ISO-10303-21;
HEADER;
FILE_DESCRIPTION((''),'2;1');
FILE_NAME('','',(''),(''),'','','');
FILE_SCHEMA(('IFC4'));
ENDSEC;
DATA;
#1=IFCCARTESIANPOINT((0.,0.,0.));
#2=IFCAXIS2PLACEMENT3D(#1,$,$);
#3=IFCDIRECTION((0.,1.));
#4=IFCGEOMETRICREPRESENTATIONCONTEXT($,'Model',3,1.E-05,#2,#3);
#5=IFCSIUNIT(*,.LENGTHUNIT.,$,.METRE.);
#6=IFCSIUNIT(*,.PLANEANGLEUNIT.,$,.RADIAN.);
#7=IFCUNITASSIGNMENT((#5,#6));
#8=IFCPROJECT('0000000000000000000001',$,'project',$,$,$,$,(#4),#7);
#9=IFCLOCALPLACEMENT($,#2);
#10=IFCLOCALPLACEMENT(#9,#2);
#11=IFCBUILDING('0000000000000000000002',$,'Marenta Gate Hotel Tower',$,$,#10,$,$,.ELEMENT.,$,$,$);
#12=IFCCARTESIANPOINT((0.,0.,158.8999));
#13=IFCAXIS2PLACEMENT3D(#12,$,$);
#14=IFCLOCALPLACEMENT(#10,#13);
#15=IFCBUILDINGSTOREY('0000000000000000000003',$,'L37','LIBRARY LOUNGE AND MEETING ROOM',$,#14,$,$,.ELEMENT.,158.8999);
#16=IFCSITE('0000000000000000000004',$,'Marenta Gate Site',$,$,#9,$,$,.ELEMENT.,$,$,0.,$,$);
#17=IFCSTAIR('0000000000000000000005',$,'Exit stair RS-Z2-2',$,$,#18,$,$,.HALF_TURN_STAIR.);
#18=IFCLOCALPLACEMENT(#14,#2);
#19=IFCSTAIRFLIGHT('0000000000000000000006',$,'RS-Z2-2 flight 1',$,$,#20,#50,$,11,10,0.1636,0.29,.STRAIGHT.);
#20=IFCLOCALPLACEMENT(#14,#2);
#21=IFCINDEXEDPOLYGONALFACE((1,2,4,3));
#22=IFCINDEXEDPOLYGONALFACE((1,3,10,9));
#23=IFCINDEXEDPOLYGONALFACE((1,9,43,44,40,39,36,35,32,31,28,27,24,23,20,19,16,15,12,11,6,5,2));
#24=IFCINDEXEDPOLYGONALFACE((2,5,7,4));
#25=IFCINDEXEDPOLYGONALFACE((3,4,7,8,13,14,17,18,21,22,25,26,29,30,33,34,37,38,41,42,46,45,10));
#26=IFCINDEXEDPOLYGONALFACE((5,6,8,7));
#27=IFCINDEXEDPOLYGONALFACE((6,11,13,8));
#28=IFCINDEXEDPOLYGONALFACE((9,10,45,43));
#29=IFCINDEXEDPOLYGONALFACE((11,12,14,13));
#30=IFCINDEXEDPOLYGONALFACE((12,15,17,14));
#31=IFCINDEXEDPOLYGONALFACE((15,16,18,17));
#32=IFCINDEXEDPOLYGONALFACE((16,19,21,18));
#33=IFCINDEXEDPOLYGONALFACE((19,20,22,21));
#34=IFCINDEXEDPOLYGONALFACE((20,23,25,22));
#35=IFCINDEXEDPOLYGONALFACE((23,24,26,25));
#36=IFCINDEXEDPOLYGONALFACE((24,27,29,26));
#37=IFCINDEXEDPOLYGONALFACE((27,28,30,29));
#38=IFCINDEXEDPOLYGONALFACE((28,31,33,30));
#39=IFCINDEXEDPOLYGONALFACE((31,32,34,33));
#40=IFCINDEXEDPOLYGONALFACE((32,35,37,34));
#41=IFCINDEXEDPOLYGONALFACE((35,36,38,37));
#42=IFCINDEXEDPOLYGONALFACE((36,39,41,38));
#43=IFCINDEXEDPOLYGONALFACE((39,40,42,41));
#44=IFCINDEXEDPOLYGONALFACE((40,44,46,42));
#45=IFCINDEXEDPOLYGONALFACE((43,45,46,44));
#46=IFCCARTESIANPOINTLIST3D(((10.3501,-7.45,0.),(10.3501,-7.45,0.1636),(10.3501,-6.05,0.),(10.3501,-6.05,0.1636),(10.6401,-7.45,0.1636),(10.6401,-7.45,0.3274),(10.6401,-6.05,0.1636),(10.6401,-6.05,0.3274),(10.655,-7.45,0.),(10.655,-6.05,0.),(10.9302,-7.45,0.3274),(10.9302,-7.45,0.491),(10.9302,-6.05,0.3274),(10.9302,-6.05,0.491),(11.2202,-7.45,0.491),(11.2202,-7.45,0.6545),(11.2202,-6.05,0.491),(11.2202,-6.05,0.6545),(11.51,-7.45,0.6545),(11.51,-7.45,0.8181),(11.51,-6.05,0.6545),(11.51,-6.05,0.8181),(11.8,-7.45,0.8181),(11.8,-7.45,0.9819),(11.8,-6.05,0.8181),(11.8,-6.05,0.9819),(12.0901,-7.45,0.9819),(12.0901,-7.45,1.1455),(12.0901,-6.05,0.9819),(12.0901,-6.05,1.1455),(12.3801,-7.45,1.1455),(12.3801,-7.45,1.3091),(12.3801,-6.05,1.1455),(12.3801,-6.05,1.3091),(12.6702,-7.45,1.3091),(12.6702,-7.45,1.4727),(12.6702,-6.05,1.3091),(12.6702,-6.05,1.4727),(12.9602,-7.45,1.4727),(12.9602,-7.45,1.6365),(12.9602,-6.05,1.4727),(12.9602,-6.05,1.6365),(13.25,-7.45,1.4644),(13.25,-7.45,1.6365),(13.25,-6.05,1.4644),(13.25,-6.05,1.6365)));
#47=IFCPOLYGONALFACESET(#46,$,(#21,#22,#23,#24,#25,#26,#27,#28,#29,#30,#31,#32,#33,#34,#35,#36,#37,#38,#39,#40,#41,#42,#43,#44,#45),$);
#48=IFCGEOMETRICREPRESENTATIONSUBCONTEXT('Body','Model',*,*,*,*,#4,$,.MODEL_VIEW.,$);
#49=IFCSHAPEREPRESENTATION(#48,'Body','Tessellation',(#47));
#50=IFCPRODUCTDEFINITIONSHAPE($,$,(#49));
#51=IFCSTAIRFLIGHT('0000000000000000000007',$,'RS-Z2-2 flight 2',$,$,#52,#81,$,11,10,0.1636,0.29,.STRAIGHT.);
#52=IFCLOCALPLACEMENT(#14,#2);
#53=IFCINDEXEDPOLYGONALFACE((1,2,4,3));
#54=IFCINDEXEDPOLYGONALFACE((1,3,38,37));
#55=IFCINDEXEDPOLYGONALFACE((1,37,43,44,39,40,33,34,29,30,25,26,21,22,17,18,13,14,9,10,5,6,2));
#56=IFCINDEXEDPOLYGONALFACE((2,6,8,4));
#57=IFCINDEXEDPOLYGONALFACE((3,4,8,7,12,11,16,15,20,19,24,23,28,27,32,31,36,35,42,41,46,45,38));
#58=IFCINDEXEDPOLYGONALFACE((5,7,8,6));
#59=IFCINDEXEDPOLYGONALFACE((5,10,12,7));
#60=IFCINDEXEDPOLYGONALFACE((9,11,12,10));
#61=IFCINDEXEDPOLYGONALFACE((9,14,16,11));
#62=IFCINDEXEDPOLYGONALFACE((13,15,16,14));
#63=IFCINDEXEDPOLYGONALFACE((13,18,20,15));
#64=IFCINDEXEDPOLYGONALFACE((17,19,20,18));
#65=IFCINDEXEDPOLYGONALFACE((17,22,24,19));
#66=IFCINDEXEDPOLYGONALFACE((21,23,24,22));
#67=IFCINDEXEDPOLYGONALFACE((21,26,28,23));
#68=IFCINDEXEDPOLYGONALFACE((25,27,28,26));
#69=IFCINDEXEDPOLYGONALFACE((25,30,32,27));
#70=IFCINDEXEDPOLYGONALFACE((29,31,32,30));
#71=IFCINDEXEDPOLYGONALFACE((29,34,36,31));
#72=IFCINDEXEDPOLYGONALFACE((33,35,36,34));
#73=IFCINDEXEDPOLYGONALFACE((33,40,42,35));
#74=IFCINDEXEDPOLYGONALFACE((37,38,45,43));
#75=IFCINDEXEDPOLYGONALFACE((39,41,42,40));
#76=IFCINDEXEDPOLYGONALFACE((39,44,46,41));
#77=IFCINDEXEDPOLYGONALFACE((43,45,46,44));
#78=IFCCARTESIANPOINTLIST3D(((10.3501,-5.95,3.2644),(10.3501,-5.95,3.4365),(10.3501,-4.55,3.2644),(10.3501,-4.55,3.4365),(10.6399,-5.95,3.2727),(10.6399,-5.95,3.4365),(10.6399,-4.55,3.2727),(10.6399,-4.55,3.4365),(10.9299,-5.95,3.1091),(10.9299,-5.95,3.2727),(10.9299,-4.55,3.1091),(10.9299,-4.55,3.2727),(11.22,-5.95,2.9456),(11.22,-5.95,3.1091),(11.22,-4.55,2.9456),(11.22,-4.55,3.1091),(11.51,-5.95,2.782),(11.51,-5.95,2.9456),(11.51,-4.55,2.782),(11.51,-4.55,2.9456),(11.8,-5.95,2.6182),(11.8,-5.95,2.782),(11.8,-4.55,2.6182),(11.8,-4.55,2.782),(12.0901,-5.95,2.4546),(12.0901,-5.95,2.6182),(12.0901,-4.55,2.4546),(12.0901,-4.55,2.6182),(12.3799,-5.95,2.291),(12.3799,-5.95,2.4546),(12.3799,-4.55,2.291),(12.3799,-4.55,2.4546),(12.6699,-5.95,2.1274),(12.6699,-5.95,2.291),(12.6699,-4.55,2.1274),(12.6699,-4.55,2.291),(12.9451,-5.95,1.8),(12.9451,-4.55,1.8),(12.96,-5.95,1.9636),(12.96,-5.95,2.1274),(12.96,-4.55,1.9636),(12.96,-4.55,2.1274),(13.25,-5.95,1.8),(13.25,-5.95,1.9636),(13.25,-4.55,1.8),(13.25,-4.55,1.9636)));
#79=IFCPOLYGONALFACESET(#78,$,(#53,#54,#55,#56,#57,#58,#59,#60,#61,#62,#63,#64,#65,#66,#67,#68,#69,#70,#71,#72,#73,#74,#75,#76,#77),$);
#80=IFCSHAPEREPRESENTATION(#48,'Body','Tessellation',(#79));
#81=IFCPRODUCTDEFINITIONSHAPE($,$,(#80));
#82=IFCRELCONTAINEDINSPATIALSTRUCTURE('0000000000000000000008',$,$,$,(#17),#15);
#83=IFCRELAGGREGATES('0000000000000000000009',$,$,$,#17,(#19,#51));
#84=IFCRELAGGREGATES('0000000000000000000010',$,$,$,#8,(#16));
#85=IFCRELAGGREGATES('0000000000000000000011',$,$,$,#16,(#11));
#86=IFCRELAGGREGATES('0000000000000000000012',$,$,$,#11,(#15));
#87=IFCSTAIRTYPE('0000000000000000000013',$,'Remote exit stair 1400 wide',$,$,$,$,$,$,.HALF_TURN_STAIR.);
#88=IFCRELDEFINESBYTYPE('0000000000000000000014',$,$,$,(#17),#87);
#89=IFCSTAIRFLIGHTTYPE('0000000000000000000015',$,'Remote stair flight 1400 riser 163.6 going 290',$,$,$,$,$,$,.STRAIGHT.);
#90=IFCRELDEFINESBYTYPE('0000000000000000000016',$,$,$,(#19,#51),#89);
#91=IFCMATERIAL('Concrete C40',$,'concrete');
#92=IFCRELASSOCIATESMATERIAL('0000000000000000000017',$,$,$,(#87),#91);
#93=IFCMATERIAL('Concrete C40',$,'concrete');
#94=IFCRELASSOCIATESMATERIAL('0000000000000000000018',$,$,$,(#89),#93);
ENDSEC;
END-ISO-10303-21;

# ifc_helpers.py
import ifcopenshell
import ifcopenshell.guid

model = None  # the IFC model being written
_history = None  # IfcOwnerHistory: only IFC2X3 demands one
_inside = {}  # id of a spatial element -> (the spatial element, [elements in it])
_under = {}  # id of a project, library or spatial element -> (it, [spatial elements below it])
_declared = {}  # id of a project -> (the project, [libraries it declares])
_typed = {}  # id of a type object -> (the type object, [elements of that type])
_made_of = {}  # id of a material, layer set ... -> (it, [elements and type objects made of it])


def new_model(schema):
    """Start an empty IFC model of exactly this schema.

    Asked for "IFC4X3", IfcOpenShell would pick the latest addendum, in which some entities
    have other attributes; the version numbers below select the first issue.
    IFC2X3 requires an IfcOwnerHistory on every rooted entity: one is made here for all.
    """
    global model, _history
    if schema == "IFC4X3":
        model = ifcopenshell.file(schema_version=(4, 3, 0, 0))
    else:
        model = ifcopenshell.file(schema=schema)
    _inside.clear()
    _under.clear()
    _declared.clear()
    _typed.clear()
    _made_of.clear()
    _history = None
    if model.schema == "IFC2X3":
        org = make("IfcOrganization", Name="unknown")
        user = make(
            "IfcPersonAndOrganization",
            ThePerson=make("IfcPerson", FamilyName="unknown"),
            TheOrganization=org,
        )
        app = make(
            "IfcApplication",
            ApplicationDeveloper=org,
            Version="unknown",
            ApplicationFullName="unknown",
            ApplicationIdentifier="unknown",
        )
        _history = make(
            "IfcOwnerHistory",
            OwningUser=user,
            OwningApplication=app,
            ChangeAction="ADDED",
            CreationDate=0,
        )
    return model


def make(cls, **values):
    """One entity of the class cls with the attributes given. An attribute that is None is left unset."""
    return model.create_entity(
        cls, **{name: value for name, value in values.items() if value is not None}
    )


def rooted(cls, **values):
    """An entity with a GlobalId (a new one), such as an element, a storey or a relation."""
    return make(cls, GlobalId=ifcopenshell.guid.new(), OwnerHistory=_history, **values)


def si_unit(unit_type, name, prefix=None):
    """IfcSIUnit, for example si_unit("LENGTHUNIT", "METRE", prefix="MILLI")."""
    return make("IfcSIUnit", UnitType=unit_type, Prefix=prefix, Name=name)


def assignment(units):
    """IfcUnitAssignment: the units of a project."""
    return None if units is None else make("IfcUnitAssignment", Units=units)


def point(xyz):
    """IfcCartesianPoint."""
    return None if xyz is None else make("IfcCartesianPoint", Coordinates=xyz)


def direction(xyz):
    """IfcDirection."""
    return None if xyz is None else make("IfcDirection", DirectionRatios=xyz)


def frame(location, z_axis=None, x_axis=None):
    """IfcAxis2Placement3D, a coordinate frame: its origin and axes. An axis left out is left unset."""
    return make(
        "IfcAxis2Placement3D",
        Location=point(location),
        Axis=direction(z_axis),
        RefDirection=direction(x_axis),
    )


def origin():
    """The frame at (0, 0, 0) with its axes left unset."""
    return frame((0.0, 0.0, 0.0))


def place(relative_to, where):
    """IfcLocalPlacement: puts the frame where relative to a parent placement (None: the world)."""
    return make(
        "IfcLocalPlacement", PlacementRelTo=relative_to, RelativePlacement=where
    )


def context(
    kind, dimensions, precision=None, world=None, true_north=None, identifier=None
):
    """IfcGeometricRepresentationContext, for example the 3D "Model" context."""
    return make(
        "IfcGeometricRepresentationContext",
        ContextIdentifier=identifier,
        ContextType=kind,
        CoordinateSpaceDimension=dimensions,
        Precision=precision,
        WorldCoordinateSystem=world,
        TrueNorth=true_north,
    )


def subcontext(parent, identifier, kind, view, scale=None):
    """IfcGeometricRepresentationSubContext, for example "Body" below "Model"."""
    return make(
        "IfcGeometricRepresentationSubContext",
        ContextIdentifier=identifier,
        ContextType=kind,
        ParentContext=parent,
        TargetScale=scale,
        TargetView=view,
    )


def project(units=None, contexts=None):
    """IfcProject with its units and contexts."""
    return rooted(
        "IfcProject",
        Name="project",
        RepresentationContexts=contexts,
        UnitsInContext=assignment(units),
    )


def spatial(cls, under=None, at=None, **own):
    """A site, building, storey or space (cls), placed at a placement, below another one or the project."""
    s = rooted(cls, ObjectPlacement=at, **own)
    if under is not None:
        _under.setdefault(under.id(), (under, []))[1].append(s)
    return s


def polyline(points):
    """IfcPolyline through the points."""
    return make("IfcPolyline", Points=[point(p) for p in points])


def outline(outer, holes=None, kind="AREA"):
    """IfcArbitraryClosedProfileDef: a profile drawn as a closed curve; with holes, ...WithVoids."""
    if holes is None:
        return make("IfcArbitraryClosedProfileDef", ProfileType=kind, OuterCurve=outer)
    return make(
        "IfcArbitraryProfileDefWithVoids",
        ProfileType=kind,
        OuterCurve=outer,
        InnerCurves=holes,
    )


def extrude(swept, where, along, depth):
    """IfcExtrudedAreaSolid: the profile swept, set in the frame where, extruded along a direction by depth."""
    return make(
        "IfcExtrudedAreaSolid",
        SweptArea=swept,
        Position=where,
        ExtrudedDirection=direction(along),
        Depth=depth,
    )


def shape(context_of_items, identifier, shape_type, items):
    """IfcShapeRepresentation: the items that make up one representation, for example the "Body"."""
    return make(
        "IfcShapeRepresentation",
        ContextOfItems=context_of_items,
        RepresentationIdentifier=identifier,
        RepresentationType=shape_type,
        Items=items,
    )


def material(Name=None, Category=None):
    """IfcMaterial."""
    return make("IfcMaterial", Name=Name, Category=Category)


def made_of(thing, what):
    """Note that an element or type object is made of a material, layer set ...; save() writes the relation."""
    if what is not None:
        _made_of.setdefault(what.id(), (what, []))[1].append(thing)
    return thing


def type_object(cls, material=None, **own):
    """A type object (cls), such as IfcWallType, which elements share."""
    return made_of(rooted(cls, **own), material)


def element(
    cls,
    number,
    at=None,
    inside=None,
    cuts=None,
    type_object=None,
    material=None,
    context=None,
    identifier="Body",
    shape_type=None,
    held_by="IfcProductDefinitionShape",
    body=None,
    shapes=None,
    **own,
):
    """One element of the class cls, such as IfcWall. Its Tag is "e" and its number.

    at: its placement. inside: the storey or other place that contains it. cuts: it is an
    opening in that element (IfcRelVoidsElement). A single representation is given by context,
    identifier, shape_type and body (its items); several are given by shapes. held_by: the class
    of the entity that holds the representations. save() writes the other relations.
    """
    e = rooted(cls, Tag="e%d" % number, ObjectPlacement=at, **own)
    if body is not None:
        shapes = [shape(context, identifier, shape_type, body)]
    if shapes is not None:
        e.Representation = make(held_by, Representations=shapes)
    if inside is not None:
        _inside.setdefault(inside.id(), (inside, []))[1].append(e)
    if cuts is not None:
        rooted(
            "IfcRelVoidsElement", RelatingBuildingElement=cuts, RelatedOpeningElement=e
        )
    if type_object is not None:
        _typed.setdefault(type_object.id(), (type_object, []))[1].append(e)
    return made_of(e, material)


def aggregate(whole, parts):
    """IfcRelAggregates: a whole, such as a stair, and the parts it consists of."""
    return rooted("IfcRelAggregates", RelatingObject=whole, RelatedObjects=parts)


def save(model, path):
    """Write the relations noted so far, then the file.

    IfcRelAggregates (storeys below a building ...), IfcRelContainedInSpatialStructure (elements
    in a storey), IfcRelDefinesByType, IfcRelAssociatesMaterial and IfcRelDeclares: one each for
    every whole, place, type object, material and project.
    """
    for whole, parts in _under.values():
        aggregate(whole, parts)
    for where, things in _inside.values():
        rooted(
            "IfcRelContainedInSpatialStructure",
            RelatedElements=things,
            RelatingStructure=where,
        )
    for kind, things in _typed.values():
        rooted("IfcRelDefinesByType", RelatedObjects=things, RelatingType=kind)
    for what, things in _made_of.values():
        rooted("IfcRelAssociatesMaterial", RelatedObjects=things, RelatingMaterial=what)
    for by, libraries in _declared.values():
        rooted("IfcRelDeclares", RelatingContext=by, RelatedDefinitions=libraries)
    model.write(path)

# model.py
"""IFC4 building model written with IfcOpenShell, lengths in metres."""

from ifc_helpers import new_model, si_unit, direction, frame, origin, place, context, subcontext, project, spatial, polyline, outline, extrude, material, type_object, element, aggregate, save


model = new_model("IFC4")

# Units and contexts
model_context = context("Model", 3, precision=1e-05, world=origin(), true_north=direction((0.0, 1.0)))
body_context = subcontext(model_context, "Body", "Model", "MODEL_VIEW")
ifc_project = project(units=[si_unit("LENGTHUNIT", "METRE"), si_unit("PLANEANGLEUNIT", "RADIAN")], contexts=[model_context])

# Site, building, storey
site_placement = place(None, origin())
site = spatial("IfcSite", under=ifc_project, at=site_placement, Name="Marenta Gate Site", CompositionType="ELEMENT", RefElevation=0.0)
building_placement = place(site_placement, origin())
building = spatial("IfcBuilding", under=site, at=building_placement, Name="Marenta Gate Hotel Tower", CompositionType="ELEMENT")
storey_placement = place(building_placement, frame((0.0, 0.0, 158.8999)))
storey = spatial("IfcBuildingStorey", under=building, at=storey_placement, Name="L37", Description="LIBRARY LOUNGE AND MEETING ROOM", CompositionType="ELEMENT", Elevation=158.8999)

# Shared definitions
ifc_material_1 = material(Name="Concrete C40", Category="concrete")
stair_type_1 = type_object("IfcStairType", Name="Remote exit stair 1400 wide", PredefinedType="HALF_TURN_STAIR", material=ifc_material_1)

# Stair, stair flights
stair_1_placement = place(storey_placement, origin())
stair_1 = element("IfcStair", 1, at=stair_1_placement, inside=storey, type_object=stair_type_1, Name="Exit stair RS-Z2-2", PredefinedType="HALF_TURN_STAIR")
ifc_material_2 = material(Name="Concrete C40", Category="concrete")
stair_flight_type = type_object("IfcStairFlightType", Name="Remote stair flight 1400 riser 163.6 going 290", PredefinedType="STRAIGHT", material=ifc_material_2)
stair_flight_1_placement = place(storey_placement, frame((10.3501, -6.75, 0.0), z_axis=(0.0, 0.0, 1.0), x_axis=(1.0, 0.0, 0.0)))
stair_flight_1 = element("IfcStairFlight", 2, at=stair_flight_1_placement, type_object=stair_flight_type, Name="RS-Z2-2 flight 1", NumberOfRisers=11, NumberOfTreads=10, PredefinedType="STRAIGHT", RiserHeight=0.1636, TreadLength=0.29, context=body_context, shape_type="SweptSolid", body=[
    extrude(outline(polyline([(0.0, 0.0), (0.0, 0.1636), (0.29, 0.1636), (0.29, 0.3274), (0.5801, 0.3274), (0.5801, 0.491), (0.8701, 0.491), (0.8701, 0.6545), (1.1599, 0.6545), (1.1599, 0.8181), (1.45, 0.8181), (1.45, 0.9819), (1.74, 0.9819), (1.74, 1.1455), (2.03, 1.1455), (2.03, 1.3091), (2.3201, 1.3091), (2.3201, 1.4727), (2.6101, 1.4727), (2.6101, 1.6365), (2.8999, 1.6365), (2.8999, 1.8), (2.8999, 1.4644), (0.3049, 0.0), (0.0, 0.0)])), frame((0.0, 0.7, 0.0), z_axis=(0.0, -1.0, 0.0), x_axis=(1.0, 0.0, 0.0)), (0.0, 0.0, 1.0), 1.3999),
])
stair_flight_2_placement = place(storey_placement, frame((13.25, -5.25, 1.8), z_axis=(0.0, 0.0, 1.0), x_axis=(-1.0, 0.0, 0.0)))
stair_flight_2 = element("IfcStairFlight", 3, at=stair_flight_2_placement, type_object=stair_flight_type, Name="RS-Z2-2 flight 2", NumberOfRisers=11, NumberOfTreads=10, PredefinedType="STRAIGHT", RiserHeight=0.1636, TreadLength=0.29, context=body_context, shape_type="SweptSolid", body=[
    extrude(outline(polyline([(0.0, 0.0), (0.0, 0.1636), (0.29, 0.1636), (0.29, 0.3274), (0.5801, 0.3274), (0.5801, 0.491), (0.8701, 0.491), (0.8701, 0.6545), (1.1599, 0.6545), (1.1599, 0.8181), (1.45, 0.8181), (1.45, 0.9819), (1.74, 0.9819), (1.74, 1.1455), (2.03, 1.1455), (2.03, 1.3091), (2.3201, 1.3091), (2.3201, 1.4727), (2.6101, 1.4727), (2.6101, 1.6365), (2.8999, 1.6365), (2.8999, 1.8), (2.8999, 1.4644), (0.3049, 0.0), (0.0, 0.0)])), frame((0.0, 0.7, 0.0), z_axis=(0.0, -1.0, 0.0), x_axis=(1.0, 0.0, 0.0)), (0.0, 0.0, 1.0), 1.3999),
])
aggregate(stair_1, [stair_flight_1, stair_flight_2])

save(model, "model.ifc")
